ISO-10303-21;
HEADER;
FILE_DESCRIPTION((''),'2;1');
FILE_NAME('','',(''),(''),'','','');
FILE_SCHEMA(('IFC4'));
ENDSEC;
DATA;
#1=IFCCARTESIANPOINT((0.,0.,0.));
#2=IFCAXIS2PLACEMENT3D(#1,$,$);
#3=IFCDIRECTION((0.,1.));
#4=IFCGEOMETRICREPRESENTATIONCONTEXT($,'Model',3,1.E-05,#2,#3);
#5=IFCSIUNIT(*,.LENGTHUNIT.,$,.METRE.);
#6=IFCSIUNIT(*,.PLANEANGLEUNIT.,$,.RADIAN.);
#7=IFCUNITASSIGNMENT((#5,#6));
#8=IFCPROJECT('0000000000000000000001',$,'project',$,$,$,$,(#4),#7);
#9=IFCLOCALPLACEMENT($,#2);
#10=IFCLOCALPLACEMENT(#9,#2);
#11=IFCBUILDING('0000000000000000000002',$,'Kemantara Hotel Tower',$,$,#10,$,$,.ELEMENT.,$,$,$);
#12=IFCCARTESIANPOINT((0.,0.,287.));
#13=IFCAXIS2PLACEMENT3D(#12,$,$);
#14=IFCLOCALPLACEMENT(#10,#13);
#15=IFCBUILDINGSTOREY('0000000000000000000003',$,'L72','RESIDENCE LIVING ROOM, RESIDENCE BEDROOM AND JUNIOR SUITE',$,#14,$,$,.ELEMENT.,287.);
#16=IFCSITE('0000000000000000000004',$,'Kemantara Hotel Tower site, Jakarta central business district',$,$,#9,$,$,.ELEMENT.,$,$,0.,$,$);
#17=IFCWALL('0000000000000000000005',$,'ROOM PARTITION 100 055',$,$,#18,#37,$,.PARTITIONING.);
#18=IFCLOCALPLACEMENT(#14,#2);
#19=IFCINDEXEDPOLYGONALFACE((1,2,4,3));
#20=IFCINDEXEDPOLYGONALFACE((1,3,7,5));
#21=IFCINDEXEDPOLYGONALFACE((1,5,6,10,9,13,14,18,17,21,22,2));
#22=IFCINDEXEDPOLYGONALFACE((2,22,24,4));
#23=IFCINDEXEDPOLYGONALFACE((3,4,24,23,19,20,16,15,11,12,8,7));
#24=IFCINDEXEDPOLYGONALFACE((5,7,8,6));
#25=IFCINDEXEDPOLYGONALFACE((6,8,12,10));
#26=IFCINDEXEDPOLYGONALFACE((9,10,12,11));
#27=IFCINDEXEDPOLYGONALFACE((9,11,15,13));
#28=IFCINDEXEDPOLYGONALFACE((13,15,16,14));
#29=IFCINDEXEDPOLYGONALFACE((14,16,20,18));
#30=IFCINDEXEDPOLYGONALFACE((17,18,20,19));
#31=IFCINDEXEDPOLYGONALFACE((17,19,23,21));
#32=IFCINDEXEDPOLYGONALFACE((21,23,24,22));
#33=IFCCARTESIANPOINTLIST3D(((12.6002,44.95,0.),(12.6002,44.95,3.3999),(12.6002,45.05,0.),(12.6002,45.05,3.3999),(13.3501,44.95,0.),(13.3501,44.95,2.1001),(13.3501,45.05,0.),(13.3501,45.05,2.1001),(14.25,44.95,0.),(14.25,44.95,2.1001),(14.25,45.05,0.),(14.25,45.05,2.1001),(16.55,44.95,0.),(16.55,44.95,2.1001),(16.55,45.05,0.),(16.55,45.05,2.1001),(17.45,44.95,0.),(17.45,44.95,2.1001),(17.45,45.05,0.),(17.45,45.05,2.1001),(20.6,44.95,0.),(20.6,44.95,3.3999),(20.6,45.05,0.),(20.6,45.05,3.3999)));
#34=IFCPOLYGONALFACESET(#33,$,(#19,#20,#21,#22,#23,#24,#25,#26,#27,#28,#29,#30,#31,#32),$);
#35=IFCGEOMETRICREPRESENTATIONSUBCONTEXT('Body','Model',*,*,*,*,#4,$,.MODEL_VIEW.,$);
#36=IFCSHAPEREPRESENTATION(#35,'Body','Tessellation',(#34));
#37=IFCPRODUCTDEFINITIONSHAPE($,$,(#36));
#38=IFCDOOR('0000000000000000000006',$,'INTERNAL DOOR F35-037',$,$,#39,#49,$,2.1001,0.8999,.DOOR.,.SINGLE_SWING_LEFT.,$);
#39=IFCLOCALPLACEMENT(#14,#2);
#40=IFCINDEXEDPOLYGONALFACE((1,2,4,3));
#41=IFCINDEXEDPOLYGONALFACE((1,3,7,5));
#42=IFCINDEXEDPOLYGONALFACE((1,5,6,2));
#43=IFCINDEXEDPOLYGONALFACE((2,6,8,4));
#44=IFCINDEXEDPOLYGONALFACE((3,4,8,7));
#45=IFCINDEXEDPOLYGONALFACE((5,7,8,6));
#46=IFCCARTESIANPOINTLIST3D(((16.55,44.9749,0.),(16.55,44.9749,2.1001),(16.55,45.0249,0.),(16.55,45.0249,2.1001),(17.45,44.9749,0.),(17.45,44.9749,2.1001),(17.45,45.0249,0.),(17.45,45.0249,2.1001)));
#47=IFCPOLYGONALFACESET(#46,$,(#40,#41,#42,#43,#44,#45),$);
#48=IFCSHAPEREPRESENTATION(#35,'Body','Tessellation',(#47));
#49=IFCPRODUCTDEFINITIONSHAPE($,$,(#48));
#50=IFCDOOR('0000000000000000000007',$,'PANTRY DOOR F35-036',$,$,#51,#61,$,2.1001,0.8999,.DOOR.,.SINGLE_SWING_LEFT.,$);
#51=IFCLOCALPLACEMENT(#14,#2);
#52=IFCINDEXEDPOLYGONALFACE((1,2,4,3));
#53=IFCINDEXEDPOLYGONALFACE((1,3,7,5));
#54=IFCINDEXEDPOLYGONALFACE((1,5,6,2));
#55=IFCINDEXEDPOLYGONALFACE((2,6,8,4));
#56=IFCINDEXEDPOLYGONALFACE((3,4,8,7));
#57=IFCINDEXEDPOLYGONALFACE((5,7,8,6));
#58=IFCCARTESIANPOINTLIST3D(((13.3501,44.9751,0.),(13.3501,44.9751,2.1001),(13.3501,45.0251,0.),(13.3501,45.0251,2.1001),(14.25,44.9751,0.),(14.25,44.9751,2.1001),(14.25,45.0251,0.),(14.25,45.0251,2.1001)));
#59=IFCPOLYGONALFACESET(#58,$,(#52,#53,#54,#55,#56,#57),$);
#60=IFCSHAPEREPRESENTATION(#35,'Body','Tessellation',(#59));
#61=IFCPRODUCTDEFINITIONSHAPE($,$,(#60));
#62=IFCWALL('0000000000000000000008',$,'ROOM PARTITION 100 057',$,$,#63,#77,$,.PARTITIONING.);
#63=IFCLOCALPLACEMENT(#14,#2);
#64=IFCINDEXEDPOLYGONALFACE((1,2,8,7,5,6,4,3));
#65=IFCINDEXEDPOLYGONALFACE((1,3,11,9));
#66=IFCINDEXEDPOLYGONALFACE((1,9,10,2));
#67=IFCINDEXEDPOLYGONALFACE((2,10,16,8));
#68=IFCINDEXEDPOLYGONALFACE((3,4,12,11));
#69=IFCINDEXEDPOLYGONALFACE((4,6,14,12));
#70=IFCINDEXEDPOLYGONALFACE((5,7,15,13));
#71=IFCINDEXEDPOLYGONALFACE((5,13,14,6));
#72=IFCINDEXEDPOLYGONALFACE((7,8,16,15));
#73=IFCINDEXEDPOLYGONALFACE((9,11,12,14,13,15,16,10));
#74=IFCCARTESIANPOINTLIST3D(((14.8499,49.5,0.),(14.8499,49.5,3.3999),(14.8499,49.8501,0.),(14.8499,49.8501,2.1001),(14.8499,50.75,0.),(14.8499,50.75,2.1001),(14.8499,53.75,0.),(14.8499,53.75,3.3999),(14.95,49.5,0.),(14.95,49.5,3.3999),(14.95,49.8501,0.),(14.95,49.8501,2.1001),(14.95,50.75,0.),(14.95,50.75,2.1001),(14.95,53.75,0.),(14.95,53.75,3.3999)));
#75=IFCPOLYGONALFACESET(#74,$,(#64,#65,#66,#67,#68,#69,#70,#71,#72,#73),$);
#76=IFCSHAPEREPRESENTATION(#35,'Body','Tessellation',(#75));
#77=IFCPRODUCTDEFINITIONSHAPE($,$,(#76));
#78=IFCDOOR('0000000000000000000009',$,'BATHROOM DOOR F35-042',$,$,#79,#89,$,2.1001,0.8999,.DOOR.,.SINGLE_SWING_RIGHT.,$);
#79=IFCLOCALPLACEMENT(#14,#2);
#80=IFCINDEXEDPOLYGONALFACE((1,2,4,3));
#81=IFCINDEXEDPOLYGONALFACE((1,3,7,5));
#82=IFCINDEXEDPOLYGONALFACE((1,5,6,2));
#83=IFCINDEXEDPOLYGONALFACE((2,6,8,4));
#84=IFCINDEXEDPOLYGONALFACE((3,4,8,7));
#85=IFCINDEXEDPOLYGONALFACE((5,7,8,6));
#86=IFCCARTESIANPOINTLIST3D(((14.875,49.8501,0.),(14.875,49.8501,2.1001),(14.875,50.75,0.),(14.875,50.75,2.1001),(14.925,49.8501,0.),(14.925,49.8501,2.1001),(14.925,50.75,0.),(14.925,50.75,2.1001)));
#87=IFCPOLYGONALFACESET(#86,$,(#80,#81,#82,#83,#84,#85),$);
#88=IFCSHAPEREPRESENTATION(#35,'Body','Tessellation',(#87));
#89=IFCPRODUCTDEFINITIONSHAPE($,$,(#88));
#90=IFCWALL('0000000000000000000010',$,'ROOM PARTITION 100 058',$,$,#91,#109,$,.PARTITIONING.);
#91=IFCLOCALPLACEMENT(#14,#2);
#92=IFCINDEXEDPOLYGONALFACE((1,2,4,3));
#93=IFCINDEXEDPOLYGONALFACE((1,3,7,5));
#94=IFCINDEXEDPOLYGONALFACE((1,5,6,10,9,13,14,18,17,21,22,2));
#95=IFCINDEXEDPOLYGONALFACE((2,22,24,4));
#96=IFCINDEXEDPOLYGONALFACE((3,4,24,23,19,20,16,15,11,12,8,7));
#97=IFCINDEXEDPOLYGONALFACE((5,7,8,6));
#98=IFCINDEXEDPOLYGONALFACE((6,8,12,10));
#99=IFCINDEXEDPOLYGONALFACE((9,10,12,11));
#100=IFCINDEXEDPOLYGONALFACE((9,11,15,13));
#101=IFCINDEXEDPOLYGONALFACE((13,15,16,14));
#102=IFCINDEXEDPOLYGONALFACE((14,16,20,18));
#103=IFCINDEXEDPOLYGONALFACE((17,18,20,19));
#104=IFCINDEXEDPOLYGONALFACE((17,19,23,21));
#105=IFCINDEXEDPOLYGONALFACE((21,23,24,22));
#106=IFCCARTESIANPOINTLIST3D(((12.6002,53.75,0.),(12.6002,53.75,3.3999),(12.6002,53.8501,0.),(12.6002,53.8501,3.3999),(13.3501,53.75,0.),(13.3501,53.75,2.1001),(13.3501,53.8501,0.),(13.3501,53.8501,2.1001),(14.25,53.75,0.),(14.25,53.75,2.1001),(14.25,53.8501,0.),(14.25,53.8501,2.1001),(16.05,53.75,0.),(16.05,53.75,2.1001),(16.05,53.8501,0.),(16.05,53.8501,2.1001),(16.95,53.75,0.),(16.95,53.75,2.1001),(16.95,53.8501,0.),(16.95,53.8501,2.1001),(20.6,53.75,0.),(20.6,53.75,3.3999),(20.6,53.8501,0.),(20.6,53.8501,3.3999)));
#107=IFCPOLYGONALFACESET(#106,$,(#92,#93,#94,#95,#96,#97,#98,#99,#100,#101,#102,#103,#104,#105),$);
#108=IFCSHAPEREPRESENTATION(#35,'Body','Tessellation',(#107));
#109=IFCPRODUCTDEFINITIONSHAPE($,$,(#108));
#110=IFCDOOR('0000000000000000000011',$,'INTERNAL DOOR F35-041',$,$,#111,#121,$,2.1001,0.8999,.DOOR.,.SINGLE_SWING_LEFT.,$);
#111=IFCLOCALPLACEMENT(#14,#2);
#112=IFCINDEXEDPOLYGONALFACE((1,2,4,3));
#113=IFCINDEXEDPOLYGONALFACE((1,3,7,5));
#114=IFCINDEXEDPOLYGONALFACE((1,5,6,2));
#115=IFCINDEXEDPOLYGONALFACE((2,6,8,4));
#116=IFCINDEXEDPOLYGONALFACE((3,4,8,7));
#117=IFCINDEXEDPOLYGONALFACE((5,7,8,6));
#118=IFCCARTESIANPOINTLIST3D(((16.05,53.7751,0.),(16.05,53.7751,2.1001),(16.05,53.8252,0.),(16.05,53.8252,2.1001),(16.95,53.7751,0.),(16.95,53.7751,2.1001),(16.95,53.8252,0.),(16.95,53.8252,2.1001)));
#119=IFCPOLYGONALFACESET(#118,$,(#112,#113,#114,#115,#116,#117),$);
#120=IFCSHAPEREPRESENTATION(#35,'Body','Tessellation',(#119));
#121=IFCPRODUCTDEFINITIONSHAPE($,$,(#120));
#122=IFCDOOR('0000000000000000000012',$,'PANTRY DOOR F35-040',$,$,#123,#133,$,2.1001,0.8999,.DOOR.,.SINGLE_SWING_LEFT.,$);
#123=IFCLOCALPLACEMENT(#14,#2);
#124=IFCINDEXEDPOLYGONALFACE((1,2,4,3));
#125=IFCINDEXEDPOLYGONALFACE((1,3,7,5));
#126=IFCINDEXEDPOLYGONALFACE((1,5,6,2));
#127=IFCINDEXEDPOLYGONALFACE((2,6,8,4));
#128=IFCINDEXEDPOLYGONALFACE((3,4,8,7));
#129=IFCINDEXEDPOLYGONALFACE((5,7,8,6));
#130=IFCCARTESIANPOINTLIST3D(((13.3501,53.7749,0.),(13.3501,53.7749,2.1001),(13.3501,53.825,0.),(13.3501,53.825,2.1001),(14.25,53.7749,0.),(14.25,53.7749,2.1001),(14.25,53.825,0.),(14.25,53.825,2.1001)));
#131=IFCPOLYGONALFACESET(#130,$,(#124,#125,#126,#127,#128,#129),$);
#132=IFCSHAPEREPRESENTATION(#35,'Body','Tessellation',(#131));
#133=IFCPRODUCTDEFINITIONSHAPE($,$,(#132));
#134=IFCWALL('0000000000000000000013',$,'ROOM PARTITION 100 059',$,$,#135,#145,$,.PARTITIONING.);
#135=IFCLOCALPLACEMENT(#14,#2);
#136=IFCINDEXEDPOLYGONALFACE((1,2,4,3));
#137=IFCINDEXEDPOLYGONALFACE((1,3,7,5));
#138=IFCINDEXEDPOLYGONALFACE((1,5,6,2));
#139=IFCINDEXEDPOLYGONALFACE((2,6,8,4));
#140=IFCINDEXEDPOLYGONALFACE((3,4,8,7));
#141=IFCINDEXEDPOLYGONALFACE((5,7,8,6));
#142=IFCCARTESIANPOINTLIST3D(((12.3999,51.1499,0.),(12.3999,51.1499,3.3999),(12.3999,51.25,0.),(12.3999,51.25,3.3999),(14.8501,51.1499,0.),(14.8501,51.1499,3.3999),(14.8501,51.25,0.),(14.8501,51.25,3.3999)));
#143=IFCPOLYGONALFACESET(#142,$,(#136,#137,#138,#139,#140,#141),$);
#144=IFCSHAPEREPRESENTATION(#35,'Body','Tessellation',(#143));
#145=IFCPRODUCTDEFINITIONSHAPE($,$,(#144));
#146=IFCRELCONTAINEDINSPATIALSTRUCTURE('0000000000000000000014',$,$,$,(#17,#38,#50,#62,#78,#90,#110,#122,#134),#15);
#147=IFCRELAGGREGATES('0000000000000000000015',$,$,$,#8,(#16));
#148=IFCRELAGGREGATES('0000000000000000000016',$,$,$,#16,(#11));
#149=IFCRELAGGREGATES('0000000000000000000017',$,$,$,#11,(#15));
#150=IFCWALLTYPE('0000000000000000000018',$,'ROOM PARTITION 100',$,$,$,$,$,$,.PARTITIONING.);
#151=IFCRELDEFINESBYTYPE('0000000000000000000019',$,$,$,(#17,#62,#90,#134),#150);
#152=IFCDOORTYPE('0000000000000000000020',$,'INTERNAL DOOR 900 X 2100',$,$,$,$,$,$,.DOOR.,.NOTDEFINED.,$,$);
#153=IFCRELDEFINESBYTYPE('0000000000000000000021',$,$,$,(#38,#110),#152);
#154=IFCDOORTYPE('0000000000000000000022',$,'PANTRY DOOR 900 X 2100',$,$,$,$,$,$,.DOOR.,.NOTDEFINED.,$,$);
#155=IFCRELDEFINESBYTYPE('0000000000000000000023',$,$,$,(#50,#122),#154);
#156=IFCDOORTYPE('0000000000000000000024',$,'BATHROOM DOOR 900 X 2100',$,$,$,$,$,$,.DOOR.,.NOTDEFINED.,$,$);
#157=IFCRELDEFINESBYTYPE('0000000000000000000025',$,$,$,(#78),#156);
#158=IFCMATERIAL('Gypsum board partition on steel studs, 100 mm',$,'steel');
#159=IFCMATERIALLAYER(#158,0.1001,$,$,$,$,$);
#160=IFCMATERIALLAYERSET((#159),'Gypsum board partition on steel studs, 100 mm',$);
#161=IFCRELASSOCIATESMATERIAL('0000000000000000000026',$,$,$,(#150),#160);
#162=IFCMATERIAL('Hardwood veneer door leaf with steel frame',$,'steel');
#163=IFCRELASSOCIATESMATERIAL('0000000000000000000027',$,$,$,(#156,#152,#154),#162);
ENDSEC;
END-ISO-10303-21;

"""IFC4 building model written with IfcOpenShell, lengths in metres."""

from ifc_helpers import new_model, si_unit, direction, frame, frame_2d, origin, place, context, subcontext, project, spatial, rectangle, extrude, material, layer, layer_set, type_object, element, fill, save


model = new_model("IFC4")

# Units and contexts
model_context = context("Model", 3, precision=1e-05, world=origin(), true_north=direction((0.0, 1.0)))
body_context = subcontext(model_context, "Body", "Model", "MODEL_VIEW")
ifc_project = project(units=[si_unit("LENGTHUNIT", "METRE"), si_unit("PLANEANGLEUNIT", "RADIAN")], contexts=[model_context])

# Site, building, storey
site_placement = place(None, origin())
site = spatial("IfcSite", under=ifc_project, at=site_placement, Name="Kemantara Hotel Tower site, Jakarta central business district", CompositionType="ELEMENT", RefElevation=0.0)
building_placement = place(site_placement, origin())
building = spatial("IfcBuilding", under=site, at=building_placement, Name="Kemantara Hotel Tower", CompositionType="ELEMENT")
storey_placement = place(building_placement, frame((0.0, 0.0, 287.0)))
storey = spatial("IfcBuildingStorey", under=building, at=storey_placement, Name="L72", Description="RESIDENCE LIVING ROOM, RESIDENCE BEDROOM AND JUNIOR SUITE", CompositionType="ELEMENT", Elevation=287.0)

# Shared definitions
ifc_material_1 = material(Name="Gypsum board partition on steel studs, 100 mm", Category="steel")
ifc_layer_1 = layer(ifc_material_1, 0.1001)
ifc_layer_set_1 = layer_set([ifc_layer_1], Name="Gypsum board partition on steel studs, 100 mm")
wall_type = type_object("IfcWallType", Name="ROOM PARTITION 100", PredefinedType="PARTITIONING", material=ifc_layer_set_1)
ifc_material_2 = material(Name="Hardwood veneer door leaf with steel frame", Category="steel")
door_type_1 = type_object("IfcDoorType", Name="BATHROOM DOOR 900 X 2100", OperationType="NOTDEFINED", PredefinedType="DOOR", material=ifc_material_2)

# Wall, openings, doors
wall_1_placement = place(storey_placement, frame((12.6001, 45.0, 0.0), z_axis=(0.0, 0.0, 1.0), x_axis=(1.0, 0.0, 0.0)))
wall_1 = element("IfcWall", 1, at=wall_1_placement, inside=storey, type_object=wall_type, Name="ROOM PARTITION 100 055", PredefinedType="PARTITIONING", context=body_context, shape_type="SweptSolid", body=[
    extrude(rectangle(XDim=7.9998, YDim=0.1001, at=frame_2d((4.0, 0.0))), origin(), (0.0, 0.0, 1.0), 3.3999),
])
opening_1_placement = place(wall_1_placement, frame((0.75, 0.0, 0.0)))
opening_1 = element("IfcOpeningElement", 2, at=opening_1_placement, cuts=wall_1, PredefinedType="OPENING", context=body_context, shape_type="SweptSolid", body=[
    extrude(rectangle(XDim=0.8999, YDim=2.1001, at=frame_2d((0.45, 1.05))), frame((0.0, 0.0601, 0.0), z_axis=(0.0, -1.0, 0.0), x_axis=(1.0, 0.0, 0.0)), (0.0, 0.0, 1.0), 0.1201),
])
opening_2_placement = place(wall_1_placement, frame((3.95, 0.0, 0.0)))
opening_2 = element("IfcOpeningElement", 3, at=opening_2_placement, cuts=wall_1, PredefinedType="OPENING", context=body_context, shape_type="SweptSolid", body=[
    extrude(rectangle(XDim=0.8999, YDim=2.1001, at=frame_2d((0.45, 1.05))), frame((0.0, 0.0601, 0.0), z_axis=(0.0, -1.0, 0.0), x_axis=(1.0, 0.0, 0.0)), (0.0, 0.0, 1.0), 0.1201),
])
door_type_2 = type_object("IfcDoorType", Name="INTERNAL DOOR 900 X 2100", OperationType="NOTDEFINED", PredefinedType="DOOR", material=ifc_material_2)
door_1_placement = place(opening_2_placement, origin())
door_1 = element("IfcDoor", 4, at=door_1_placement, inside=storey, type_object=door_type_2, Name="INTERNAL DOOR F35-037", OperationType="SINGLE_SWING_LEFT", OverallHeight=2.1001, OverallWidth=0.8999, PredefinedType="DOOR", context=body_context, shape_type="SweptSolid", body=[
    extrude(rectangle(XDim=0.8999, YDim=2.1001, at=frame_2d((0.45, 1.05))), frame((0.0, 0.0249, 0.0), z_axis=(0.0, -1.0, 0.0), x_axis=(1.0, 0.0, 0.0)), (0.0, 0.0, 1.0), 0.05),
])
fill(opening_2, door_1)
door_type_3 = type_object("IfcDoorType", Name="PANTRY DOOR 900 X 2100", OperationType="NOTDEFINED", PredefinedType="DOOR", material=ifc_material_2)
door_2_placement = place(opening_1_placement, frame((0.8999, 0.0, 0.0), z_axis=(0.0, 0.0, 1.0), x_axis=(-1.0, 0.0, 0.0)))
door_2 = element("IfcDoor", 5, at=door_2_placement, inside=storey, type_object=door_type_3, Name="PANTRY DOOR F35-036", OperationType="SINGLE_SWING_LEFT", OverallHeight=2.1001, OverallWidth=0.8999, PredefinedType="DOOR", context=body_context, shape_type="SweptSolid", body=[
    extrude(rectangle(XDim=0.8999, YDim=2.1001, at=frame_2d((0.45, 1.05))), frame((0.0, 0.0249, 0.0), z_axis=(0.0, -1.0, 0.0), x_axis=(1.0, 0.0, 0.0)), (0.0, 0.0, 1.0), 0.05),
])
fill(opening_1, door_2)

# Wall, opening, door
wall_2_placement = place(storey_placement, frame((14.8999, 49.5, 0.0), z_axis=(0.0, 0.0, 1.0), x_axis=(0.0, 1.0, 0.0)))
wall_2 = element("IfcWall", 6, at=wall_2_placement, inside=storey, type_object=wall_type, Name="ROOM PARTITION 100 057", PredefinedType="PARTITIONING", context=body_context, shape_type="SweptSolid", body=[
    extrude(rectangle(XDim=4.25, YDim=0.1001, at=frame_2d((2.125, 0.0))), origin(), (0.0, 0.0, 1.0), 3.3999),
])
opening_3_placement = place(wall_2_placement, frame((0.3501, 0.0, 0.0)))
opening_3 = element("IfcOpeningElement", 7, at=opening_3_placement, cuts=wall_2, PredefinedType="OPENING", context=body_context, shape_type="SweptSolid", body=[
    extrude(rectangle(XDim=0.8999, YDim=2.1001, at=frame_2d((0.45, 1.05))), frame((0.0, 0.0601, 0.0), z_axis=(0.0, -1.0, 0.0), x_axis=(1.0, 0.0, 0.0)), (0.0, 0.0, 1.0), 0.1201),
])
door_3_placement = place(opening_3_placement, origin())
door_3 = element("IfcDoor", 8, at=door_3_placement, inside=storey, type_object=door_type_1, Name="BATHROOM DOOR F35-042", OperationType="SINGLE_SWING_RIGHT", OverallHeight=2.1001, OverallWidth=0.8999, PredefinedType="DOOR", context=body_context, shape_type="SweptSolid", body=[
    extrude(rectangle(XDim=0.8999, YDim=2.1001, at=frame_2d((0.45, 1.05))), frame((0.0, 0.0249, 0.0), z_axis=(0.0, -1.0, 0.0), x_axis=(1.0, 0.0, 0.0)), (0.0, 0.0, 1.0), 0.05),
])
fill(opening_3, door_3)

# Wall, openings, doors
wall_3_placement = place(storey_placement, frame((12.6001, 53.8, 0.0), z_axis=(0.0, 0.0, 1.0), x_axis=(1.0, 0.0, 0.0)))
wall_3 = element("IfcWall", 9, at=wall_3_placement, inside=storey, type_object=wall_type, Name="ROOM PARTITION 100 058", PredefinedType="PARTITIONING", context=body_context, shape_type="SweptSolid", body=[
    extrude(rectangle(XDim=7.9998, YDim=0.1001, at=frame_2d((4.0, 0.0))), origin(), (0.0, 0.0, 1.0), 3.3999),
])
opening_4_placement = place(wall_3_placement, frame((0.75, 0.0, 0.0)))
opening_4 = element("IfcOpeningElement", 10, at=opening_4_placement, cuts=wall_3, PredefinedType="OPENING", context=body_context, shape_type="SweptSolid", body=[
    extrude(rectangle(XDim=0.8999, YDim=2.1001, at=frame_2d((0.45, 1.05))), frame((0.0, 0.0601, 0.0), z_axis=(0.0, -1.0, 0.0), x_axis=(1.0, 0.0, 0.0)), (0.0, 0.0, 1.0), 0.1201),
])
opening_5_placement = place(wall_3_placement, frame((3.45, 0.0, 0.0)))
opening_5 = element("IfcOpeningElement", 11, at=opening_5_placement, cuts=wall_3, PredefinedType="OPENING", context=body_context, shape_type="SweptSolid", body=[
    extrude(rectangle(XDim=0.8999, YDim=2.1001, at=frame_2d((0.45, 1.05))), frame((0.0, 0.0601, 0.0), z_axis=(0.0, -1.0, 0.0), x_axis=(1.0, 0.0, 0.0)), (0.0, 0.0, 1.0), 0.1201),
])
door_4_placement = place(opening_5_placement, frame((0.8999, 0.0, 0.0), z_axis=(0.0, 0.0, 1.0), x_axis=(-1.0, 0.0, 0.0)))
door_4 = element("IfcDoor", 12, at=door_4_placement, inside=storey, type_object=door_type_2, Name="INTERNAL DOOR F35-041", OperationType="SINGLE_SWING_LEFT", OverallHeight=2.1001, OverallWidth=0.8999, PredefinedType="DOOR", context=body_context, shape_type="SweptSolid", body=[
    extrude(rectangle(XDim=0.8999, YDim=2.1001, at=frame_2d((0.45, 1.05))), frame((0.0, 0.0249, 0.0), z_axis=(0.0, -1.0, 0.0), x_axis=(1.0, 0.0, 0.0)), (0.0, 0.0, 1.0), 0.05),
])
fill(opening_5, door_4)
door_5_placement = place(opening_4_placement, origin())
door_5 = element("IfcDoor", 13, at=door_5_placement, inside=storey, type_object=door_type_3, Name="PANTRY DOOR F35-040", OperationType="SINGLE_SWING_LEFT", OverallHeight=2.1001, OverallWidth=0.8999, PredefinedType="DOOR", context=body_context, shape_type="SweptSolid", body=[
    extrude(rectangle(XDim=0.8999, YDim=2.1001, at=frame_2d((0.45, 1.05))), frame((0.0, 0.0249, 0.0), z_axis=(0.0, -1.0, 0.0), x_axis=(1.0, 0.0, 0.0)), (0.0, 0.0, 1.0), 0.05),
])
fill(opening_4, door_5)

# Wall
wall_4_placement = place(storey_placement, frame((12.3999, 51.2, 0.0), z_axis=(0.0, 0.0, 1.0), x_axis=(1.0, 0.0, 0.0)))
element("IfcWall", 14, at=wall_4_placement, inside=storey, type_object=wall_type, Name="ROOM PARTITION 100 059", PredefinedType="PARTITIONING", context=body_context, shape_type="SweptSolid", body=[
    extrude(rectangle(XDim=2.4502, YDim=0.1001, at=frame_2d((1.2251, 0.0))), origin(), (0.0, 0.0, 1.0), 3.3999),
])

save(model, "model.ifc")
